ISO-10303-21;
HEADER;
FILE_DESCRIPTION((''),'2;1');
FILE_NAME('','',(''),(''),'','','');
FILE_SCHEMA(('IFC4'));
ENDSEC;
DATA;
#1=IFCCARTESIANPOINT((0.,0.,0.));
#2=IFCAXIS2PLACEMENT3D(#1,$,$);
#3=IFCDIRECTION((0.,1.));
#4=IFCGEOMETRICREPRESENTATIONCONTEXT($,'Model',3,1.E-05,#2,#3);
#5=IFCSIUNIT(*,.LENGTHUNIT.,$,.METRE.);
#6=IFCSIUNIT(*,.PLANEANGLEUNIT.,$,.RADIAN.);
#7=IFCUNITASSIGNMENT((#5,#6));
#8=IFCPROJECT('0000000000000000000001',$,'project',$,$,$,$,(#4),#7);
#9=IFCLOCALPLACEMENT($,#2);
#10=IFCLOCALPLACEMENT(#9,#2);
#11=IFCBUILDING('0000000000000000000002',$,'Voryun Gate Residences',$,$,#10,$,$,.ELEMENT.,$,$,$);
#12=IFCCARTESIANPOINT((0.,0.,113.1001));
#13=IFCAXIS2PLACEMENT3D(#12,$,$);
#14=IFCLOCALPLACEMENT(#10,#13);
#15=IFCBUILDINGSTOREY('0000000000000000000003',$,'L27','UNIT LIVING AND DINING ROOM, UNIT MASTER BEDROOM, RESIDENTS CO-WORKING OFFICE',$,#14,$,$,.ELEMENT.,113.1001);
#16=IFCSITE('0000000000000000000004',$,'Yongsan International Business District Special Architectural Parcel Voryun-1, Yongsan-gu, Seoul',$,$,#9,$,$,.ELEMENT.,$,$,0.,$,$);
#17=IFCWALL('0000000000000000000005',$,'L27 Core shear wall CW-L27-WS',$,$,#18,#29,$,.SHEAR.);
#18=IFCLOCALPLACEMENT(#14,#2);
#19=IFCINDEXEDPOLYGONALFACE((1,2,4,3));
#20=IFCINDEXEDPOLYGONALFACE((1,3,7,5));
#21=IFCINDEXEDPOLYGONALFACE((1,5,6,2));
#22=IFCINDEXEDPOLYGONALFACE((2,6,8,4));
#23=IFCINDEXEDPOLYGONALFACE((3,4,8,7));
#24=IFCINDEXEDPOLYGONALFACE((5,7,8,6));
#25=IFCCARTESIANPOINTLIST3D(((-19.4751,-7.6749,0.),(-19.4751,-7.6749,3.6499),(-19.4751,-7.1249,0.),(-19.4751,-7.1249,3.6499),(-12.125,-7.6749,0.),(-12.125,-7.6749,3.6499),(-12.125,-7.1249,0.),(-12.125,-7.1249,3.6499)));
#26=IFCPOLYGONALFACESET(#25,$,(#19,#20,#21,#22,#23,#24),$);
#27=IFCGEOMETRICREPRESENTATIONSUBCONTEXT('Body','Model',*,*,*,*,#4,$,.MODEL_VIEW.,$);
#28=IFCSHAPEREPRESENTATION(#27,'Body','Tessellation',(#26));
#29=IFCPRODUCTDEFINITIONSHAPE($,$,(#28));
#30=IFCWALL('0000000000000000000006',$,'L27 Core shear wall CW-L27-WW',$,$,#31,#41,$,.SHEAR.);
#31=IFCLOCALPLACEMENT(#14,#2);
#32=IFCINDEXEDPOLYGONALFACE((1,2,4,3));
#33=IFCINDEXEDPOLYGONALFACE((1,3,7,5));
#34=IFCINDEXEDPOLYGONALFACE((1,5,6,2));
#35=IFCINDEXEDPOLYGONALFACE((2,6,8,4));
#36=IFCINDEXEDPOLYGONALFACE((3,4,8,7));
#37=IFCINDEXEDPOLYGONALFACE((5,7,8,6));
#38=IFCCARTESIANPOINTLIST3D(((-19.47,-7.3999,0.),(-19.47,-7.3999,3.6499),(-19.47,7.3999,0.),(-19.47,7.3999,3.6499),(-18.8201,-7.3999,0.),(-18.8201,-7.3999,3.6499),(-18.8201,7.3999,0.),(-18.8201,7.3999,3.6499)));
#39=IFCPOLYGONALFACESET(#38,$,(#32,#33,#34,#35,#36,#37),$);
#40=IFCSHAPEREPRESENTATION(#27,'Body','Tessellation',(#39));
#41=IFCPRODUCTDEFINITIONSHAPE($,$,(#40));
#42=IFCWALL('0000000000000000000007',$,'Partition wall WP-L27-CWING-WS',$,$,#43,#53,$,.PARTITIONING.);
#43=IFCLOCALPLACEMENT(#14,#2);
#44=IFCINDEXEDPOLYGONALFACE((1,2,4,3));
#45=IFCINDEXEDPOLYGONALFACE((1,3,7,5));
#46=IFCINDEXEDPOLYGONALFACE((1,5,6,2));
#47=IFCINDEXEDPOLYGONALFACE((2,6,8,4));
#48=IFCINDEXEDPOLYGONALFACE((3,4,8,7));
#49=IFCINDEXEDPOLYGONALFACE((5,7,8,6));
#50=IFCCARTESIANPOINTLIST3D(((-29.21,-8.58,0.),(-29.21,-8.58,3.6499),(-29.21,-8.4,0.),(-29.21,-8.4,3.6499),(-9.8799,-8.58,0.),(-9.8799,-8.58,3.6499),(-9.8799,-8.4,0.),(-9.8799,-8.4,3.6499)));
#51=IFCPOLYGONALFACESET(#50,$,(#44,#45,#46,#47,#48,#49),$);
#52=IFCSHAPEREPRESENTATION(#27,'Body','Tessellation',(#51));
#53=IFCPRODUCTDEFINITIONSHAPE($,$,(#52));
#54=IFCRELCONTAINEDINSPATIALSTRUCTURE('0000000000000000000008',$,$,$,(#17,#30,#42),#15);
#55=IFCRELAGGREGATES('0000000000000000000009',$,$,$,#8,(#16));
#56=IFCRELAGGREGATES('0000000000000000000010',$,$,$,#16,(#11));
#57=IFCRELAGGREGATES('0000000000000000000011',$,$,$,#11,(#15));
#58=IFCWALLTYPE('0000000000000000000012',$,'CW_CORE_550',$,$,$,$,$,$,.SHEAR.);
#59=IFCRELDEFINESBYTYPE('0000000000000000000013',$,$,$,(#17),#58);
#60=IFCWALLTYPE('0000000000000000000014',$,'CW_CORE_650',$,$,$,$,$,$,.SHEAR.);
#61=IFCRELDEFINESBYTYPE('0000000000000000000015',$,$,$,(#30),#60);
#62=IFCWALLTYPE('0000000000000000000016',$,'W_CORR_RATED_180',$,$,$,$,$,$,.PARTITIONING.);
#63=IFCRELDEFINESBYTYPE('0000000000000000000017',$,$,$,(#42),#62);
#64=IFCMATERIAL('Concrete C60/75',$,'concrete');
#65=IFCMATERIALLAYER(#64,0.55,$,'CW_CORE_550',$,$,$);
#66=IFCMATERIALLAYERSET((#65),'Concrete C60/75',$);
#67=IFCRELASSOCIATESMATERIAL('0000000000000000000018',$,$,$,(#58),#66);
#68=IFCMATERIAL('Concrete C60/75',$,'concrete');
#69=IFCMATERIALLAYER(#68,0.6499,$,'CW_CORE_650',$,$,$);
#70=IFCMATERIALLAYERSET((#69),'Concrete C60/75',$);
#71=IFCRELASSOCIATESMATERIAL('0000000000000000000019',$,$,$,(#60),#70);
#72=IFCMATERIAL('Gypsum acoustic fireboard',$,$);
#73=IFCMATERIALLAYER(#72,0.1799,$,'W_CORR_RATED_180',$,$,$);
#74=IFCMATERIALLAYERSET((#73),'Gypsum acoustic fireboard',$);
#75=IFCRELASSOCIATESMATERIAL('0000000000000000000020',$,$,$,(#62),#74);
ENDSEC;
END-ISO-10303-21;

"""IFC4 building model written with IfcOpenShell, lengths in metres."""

from ifc_helpers import new_model, si_unit, direction, frame, frame_2d, origin, place, context, subcontext, project, spatial, rectangle, extrude, material, layer, layer_set, type_object, element, save


model = new_model("IFC4")

# Units and contexts
model_context = context("Model", 3, precision=1e-05, world=origin(), true_north=direction((0.0, 1.0)))
body_context = subcontext(model_context, "Body", "Model", "MODEL_VIEW")
ifc_project = project(units=[si_unit("LENGTHUNIT", "METRE"), si_unit("PLANEANGLEUNIT", "RADIAN")], contexts=[model_context])

# Site, building, storey
site_placement = place(None, origin())
site = spatial("IfcSite", under=ifc_project, at=site_placement, Name="Yongsan International Business District Special Architectural Parcel Voryun-1, Yongsan-gu, Seoul", CompositionType="ELEMENT", RefElevation=0.0)
building_placement = place(site_placement, origin())
building = spatial("IfcBuilding", under=site, at=building_placement, Name="Voryun Gate Residences", CompositionType="ELEMENT")
storey_placement = place(building_placement, frame((0.0, 0.0, 113.1001)))
storey = spatial("IfcBuildingStorey", under=building, at=storey_placement, Name="L27", Description="UNIT LIVING AND DINING ROOM, UNIT MASTER BEDROOM, RESIDENTS CO-WORKING OFFICE", CompositionType="ELEMENT", Elevation=113.1001)

# Walls
ifc_material_1 = material(Name="Concrete C60/75", Category="concrete")
ifc_layer_1 = layer(ifc_material_1, 0.55, Name="CW_CORE_550")
ifc_layer_set_1 = layer_set([ifc_layer_1], Name="Concrete C60/75")
wall_type_1 = type_object("IfcWallType", Name="CW_CORE_550", PredefinedType="SHEAR", material=ifc_layer_set_1)
wall_1_placement = place(storey_placement, frame((-19.4751, -7.3999, 0.0), z_axis=(0.0, 0.0, 1.0), x_axis=(1.0, 0.0, 0.0)))
element("IfcWall", 1, at=wall_1_placement, inside=storey, type_object=wall_type_1, Name="L27 Core shear wall CW-L27-WS", PredefinedType="SHEAR", context=body_context, shape_type="SweptSolid", body=[
    extrude(rectangle(XDim=7.3501, YDim=0.55, at=frame_2d((3.675, 0.0))), origin(), (0.0, 0.0, 1.0), 3.6499),
])
ifc_material_2 = material(Name="Concrete C60/75", Category="concrete")
ifc_layer_2 = layer(ifc_material_2, 0.6499, Name="CW_CORE_650")
ifc_layer_set_2 = layer_set([ifc_layer_2], Name="Concrete C60/75")
wall_type_2 = type_object("IfcWallType", Name="CW_CORE_650", PredefinedType="SHEAR", material=ifc_layer_set_2)
wall_2_placement = place(storey_placement, frame((-19.145, -7.3999, 0.0), z_axis=(0.0, 0.0, 1.0), x_axis=(0.0, 1.0, 0.0)))
element("IfcWall", 2, at=wall_2_placement, inside=storey, type_object=wall_type_2, Name="L27 Core shear wall CW-L27-WW", PredefinedType="SHEAR", context=body_context, shape_type="SweptSolid", body=[
    extrude(rectangle(XDim=14.7998, YDim=0.6499, at=frame_2d((7.3999, 0.0))), origin(), (0.0, 0.0, 1.0), 3.6499),
])
ifc_material_3 = material(Name="Gypsum acoustic fireboard")
ifc_layer_3 = layer(ifc_material_3, 0.1799, Name="W_CORR_RATED_180")
ifc_layer_set_3 = layer_set([ifc_layer_3], Name="Gypsum acoustic fireboard")
wall_type_3 = type_object("IfcWallType", Name="W_CORR_RATED_180", PredefinedType="PARTITIONING", material=ifc_layer_set_3)
wall_3_placement = place(storey_placement, frame((-29.21, -8.49, 0.0), z_axis=(0.0, 0.0, 1.0), x_axis=(1.0, 0.0, 0.0)))
element("IfcWall", 3, at=wall_3_placement, inside=storey, type_object=wall_type_3, Name="Partition wall WP-L27-CWING-WS", PredefinedType="PARTITIONING", context=body_context, shape_type="SweptSolid", body=[
    extrude(rectangle(XDim=19.3301, YDim=0.1799, at=frame_2d((9.665, 0.0))), origin(), (0.0, 0.0, 1.0), 3.6499),
])

save(model, "model.ifc")
